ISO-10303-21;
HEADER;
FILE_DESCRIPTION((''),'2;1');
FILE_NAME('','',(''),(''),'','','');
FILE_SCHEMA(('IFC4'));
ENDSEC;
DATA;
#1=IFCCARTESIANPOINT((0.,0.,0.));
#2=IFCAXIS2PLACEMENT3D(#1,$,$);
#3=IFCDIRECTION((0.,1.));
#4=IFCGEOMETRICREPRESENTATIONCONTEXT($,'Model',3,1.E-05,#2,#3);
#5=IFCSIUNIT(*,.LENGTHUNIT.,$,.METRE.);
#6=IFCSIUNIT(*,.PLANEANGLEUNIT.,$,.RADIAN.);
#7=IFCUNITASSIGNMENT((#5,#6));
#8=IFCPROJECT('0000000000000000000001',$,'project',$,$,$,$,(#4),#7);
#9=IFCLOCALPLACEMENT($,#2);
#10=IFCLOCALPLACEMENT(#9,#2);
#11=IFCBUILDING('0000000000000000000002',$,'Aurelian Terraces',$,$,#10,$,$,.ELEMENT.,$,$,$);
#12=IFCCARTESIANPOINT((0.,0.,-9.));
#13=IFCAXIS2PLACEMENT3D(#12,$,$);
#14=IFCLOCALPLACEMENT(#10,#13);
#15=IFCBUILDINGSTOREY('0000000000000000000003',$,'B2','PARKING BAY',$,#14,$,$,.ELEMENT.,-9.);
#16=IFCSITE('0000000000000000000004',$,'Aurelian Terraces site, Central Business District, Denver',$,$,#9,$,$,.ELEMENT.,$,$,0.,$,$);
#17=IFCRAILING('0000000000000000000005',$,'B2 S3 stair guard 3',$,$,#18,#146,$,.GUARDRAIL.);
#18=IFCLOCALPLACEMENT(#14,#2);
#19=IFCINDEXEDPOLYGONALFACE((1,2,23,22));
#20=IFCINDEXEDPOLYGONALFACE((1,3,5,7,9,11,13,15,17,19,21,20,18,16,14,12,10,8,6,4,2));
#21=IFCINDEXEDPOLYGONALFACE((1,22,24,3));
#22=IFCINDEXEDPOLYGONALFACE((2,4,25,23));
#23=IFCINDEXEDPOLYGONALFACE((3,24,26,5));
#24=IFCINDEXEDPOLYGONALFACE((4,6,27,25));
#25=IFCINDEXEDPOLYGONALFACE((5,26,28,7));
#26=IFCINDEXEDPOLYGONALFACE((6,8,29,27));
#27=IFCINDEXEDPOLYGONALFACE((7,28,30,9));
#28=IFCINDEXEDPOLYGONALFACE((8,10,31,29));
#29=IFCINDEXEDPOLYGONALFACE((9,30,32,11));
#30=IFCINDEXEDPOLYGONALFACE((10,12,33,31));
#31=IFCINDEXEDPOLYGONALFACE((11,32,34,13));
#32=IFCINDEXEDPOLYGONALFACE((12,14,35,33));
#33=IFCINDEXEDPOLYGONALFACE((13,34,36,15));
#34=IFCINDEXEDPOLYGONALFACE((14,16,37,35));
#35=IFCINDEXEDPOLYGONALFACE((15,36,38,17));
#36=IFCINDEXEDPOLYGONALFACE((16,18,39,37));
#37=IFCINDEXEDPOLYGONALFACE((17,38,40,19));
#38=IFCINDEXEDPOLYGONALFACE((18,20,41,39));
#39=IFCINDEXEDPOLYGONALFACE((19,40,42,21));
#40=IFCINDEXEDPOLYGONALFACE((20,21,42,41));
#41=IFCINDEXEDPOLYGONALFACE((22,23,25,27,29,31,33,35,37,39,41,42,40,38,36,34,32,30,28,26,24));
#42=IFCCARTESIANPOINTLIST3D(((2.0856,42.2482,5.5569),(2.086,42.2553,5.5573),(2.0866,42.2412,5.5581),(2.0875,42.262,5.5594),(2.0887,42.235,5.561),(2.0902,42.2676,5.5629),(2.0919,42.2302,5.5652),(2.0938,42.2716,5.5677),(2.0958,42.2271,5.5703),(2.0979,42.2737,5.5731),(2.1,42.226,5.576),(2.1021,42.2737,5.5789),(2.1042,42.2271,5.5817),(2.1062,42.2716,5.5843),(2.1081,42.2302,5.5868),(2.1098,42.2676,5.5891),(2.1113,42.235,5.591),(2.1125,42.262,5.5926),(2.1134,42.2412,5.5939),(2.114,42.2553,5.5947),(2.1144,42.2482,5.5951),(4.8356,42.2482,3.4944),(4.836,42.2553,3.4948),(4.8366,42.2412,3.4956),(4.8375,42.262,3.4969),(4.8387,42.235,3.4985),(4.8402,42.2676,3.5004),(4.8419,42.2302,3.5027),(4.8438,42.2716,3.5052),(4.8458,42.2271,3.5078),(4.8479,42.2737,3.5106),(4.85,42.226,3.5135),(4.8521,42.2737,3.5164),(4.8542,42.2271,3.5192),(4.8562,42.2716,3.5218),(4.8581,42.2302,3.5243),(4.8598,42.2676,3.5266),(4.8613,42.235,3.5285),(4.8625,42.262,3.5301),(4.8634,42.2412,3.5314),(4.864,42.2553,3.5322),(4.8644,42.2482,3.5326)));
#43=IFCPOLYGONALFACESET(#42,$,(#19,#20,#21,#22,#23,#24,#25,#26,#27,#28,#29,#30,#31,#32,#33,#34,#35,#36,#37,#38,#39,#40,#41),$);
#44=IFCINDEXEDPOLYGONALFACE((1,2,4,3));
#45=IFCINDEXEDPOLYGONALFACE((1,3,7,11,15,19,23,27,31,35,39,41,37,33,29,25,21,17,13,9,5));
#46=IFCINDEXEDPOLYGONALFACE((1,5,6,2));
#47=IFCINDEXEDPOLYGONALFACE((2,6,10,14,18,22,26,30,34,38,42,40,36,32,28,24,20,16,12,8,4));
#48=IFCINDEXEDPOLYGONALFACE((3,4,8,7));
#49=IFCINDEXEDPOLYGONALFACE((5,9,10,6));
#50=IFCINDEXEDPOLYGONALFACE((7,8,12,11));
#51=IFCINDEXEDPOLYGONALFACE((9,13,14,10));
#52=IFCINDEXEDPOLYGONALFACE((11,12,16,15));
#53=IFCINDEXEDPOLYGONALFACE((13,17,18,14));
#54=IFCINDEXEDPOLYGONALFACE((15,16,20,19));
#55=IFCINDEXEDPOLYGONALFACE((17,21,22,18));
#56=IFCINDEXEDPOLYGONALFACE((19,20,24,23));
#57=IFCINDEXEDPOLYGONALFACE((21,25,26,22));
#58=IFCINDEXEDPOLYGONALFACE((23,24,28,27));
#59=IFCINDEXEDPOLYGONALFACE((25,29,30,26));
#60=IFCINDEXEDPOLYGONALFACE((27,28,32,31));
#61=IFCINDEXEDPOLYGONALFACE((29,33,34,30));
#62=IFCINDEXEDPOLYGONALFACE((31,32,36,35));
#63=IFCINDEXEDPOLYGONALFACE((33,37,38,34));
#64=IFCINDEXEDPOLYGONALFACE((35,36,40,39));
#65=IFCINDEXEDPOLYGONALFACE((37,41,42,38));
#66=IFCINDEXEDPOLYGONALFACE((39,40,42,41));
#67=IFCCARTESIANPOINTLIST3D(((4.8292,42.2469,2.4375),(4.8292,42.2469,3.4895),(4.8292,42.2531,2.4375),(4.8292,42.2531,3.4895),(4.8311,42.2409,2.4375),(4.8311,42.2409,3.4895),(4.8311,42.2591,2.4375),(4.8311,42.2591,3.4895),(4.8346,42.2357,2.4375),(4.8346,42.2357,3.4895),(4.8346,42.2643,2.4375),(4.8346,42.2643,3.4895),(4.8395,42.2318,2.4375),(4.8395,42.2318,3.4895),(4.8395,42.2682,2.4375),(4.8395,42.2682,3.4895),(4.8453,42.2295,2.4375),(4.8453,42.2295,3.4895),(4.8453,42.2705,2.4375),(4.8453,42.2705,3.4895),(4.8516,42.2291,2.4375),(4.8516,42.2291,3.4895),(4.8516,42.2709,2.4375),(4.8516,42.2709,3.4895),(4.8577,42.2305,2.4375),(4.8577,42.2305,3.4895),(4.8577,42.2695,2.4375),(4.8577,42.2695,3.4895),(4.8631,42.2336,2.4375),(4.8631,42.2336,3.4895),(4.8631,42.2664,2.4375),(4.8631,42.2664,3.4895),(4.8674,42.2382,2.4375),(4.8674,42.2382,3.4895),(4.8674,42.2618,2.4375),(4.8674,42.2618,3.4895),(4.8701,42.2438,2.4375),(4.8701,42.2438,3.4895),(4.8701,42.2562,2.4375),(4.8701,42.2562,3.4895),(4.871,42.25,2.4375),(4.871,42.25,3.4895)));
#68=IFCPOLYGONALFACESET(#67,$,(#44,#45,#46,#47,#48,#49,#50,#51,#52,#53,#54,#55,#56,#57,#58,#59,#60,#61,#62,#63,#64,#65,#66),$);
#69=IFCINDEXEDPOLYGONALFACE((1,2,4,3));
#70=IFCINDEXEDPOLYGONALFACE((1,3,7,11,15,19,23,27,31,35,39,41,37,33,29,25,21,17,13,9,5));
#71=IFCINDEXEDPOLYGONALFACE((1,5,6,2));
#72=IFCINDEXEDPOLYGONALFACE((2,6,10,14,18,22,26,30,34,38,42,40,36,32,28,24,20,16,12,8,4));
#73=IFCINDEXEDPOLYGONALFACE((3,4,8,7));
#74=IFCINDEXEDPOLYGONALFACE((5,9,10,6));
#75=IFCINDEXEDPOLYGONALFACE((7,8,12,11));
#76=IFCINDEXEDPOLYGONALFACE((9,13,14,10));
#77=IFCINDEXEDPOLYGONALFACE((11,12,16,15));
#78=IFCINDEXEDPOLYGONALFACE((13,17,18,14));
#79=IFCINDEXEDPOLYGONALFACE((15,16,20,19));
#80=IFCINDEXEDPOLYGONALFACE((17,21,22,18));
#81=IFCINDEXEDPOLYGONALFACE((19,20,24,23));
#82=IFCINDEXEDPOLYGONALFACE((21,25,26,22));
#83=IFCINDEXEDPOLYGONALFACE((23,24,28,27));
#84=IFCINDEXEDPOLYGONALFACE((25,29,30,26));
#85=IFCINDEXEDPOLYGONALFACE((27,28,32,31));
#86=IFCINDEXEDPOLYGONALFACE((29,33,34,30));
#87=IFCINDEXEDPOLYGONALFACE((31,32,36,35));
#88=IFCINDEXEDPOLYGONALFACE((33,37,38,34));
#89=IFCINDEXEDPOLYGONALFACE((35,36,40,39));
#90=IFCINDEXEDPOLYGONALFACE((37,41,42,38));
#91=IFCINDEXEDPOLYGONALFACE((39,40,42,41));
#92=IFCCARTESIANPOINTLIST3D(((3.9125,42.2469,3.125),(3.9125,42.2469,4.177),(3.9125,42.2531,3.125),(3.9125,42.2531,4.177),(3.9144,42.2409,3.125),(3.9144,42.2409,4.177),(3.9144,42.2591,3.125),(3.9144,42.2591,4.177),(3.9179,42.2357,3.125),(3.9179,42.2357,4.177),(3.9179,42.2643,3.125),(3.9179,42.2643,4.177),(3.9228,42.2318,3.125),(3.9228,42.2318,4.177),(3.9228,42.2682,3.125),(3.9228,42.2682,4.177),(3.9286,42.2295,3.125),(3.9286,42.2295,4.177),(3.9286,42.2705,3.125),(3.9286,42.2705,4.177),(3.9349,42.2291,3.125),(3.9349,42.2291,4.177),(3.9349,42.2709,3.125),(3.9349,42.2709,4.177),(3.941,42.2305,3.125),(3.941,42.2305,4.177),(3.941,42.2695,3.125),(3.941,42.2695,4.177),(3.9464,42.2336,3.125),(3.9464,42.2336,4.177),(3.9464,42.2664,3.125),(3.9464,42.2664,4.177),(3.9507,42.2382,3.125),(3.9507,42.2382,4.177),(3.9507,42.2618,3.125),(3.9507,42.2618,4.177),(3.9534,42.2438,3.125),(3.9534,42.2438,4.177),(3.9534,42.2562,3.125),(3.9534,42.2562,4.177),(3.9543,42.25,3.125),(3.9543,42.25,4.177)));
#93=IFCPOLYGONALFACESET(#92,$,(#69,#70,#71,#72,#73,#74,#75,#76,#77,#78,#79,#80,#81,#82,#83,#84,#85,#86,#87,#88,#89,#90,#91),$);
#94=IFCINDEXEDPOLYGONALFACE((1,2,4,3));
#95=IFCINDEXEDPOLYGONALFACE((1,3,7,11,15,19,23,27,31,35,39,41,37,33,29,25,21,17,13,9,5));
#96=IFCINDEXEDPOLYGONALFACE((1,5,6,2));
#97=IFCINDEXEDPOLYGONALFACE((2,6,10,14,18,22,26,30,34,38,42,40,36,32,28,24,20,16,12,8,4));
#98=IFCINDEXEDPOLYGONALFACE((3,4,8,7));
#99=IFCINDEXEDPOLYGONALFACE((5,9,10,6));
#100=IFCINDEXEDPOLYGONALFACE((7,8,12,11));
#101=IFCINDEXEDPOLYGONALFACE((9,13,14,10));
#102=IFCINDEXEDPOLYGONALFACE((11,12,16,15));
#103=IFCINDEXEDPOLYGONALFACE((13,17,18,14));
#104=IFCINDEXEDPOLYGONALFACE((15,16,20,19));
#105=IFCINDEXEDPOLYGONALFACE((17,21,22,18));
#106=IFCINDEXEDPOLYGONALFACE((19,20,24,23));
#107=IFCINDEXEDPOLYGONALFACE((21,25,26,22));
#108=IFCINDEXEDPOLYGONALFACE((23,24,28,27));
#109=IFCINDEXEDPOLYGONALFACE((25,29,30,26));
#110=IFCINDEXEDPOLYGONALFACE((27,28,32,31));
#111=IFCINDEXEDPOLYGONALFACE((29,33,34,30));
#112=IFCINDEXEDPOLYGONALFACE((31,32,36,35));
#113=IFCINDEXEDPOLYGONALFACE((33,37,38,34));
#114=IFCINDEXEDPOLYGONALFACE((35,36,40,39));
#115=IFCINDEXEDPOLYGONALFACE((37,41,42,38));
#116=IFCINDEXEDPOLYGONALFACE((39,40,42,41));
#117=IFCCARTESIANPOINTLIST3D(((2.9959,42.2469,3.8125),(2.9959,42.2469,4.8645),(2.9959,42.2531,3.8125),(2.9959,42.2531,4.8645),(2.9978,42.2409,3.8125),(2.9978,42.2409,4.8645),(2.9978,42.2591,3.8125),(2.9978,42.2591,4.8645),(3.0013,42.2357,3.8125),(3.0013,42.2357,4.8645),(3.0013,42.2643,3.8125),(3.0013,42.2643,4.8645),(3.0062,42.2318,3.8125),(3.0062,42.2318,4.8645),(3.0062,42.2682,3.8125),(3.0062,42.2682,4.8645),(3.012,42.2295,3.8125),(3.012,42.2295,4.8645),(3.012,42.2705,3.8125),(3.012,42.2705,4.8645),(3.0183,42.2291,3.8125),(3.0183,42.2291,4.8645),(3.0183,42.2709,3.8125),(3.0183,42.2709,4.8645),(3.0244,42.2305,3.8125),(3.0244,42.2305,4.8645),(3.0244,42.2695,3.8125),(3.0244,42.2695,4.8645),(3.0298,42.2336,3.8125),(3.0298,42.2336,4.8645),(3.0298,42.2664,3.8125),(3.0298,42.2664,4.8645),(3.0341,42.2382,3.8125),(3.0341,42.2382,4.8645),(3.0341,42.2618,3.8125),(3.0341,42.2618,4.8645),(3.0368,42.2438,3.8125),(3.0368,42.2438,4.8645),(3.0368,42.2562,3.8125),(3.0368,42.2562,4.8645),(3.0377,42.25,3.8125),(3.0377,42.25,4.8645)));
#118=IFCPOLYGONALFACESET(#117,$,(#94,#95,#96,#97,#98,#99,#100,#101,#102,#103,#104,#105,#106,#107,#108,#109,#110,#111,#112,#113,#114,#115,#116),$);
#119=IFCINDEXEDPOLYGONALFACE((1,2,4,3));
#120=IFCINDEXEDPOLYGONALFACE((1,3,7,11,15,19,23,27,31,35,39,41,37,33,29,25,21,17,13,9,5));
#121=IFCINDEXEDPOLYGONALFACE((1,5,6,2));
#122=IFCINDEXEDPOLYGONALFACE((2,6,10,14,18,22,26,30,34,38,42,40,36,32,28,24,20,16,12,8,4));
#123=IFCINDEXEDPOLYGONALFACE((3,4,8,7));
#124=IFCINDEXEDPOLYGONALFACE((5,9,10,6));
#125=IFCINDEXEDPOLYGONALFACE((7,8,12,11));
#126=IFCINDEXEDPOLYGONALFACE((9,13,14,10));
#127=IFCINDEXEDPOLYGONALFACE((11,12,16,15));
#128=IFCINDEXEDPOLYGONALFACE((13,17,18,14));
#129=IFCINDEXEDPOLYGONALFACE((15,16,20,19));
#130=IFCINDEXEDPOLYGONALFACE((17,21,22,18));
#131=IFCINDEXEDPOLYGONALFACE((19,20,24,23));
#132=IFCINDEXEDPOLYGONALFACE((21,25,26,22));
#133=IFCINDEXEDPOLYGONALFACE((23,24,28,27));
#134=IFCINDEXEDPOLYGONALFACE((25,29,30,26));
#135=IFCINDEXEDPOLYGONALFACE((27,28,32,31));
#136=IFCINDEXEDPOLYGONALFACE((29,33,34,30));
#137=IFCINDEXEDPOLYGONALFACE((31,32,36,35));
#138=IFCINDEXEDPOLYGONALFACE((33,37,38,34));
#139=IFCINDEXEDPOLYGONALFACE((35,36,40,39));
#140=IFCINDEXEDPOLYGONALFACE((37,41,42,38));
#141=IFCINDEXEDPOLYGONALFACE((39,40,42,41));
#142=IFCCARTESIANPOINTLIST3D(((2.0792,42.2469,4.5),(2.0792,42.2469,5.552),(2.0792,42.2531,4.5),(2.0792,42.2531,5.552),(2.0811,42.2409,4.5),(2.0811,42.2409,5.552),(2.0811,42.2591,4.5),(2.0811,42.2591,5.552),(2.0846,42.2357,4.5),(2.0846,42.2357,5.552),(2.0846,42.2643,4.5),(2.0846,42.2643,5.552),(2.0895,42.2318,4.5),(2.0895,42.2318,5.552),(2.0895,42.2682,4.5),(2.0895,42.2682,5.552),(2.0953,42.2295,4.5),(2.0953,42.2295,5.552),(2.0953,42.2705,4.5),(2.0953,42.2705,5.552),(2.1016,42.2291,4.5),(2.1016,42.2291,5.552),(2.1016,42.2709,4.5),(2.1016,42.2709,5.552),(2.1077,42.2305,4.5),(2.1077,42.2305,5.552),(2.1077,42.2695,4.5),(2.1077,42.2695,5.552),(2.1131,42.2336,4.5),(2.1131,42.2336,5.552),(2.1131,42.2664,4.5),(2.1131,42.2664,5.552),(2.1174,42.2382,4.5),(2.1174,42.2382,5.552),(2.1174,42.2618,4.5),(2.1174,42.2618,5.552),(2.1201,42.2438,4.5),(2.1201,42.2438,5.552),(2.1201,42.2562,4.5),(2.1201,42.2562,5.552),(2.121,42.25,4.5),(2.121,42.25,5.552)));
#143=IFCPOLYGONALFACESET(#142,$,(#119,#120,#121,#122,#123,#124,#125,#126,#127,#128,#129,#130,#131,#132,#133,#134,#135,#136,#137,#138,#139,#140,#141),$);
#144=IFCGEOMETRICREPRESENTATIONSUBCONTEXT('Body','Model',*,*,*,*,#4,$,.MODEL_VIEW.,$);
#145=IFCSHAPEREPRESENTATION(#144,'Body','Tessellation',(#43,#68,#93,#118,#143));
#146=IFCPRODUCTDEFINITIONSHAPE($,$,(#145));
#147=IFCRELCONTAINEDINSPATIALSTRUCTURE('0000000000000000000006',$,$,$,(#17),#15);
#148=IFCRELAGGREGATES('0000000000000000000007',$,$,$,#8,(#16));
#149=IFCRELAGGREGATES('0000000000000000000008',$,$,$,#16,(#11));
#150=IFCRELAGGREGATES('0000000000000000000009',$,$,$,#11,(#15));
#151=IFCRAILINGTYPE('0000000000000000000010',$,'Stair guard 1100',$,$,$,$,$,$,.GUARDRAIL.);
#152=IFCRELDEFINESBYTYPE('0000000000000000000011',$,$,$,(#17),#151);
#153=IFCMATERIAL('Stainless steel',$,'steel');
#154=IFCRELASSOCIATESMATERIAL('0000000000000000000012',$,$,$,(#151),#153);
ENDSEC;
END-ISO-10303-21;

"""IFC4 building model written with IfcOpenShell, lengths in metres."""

from ifc_helpers import new_model, si_unit, direction, frame, origin, origin_2d, place, context, subcontext, project, spatial, circle, extrude, source, transform, mapped, material, type_object, element, save


model = new_model("IFC4")

# Units and contexts
model_context = context("Model", 3, precision=1e-05, world=origin(), true_north=direction((0.0, 1.0)))
body_context = subcontext(model_context, "Body", "Model", "MODEL_VIEW")
ifc_project = project(units=[si_unit("LENGTHUNIT", "METRE"), si_unit("PLANEANGLEUNIT", "RADIAN")], contexts=[model_context])

# Site, building, storey
site_placement = place(None, origin())
site = spatial("IfcSite", under=ifc_project, at=site_placement, Name="Aurelian Terraces site, Central Business District, Denver", CompositionType="ELEMENT", RefElevation=0.0)
building_placement = place(site_placement, origin())
building = spatial("IfcBuilding", under=site, at=building_placement, Name="Aurelian Terraces", CompositionType="ELEMENT")
storey_placement = place(building_placement, frame((0.0, 0.0, -9.0)))
storey = spatial("IfcBuildingStorey", under=building, at=storey_placement, Name="B2", Description="PARKING BAY", CompositionType="ELEMENT", Elevation=-9.0)

# Railing
ifc_material_1 = material(Name="Stainless steel", Category="steel")
railing_type_1 = type_object("IfcRailingType", Name="Stair guard 1100", PredefinedType="GUARDRAIL", material=ifc_material_1)
shared_shape_1 = source(origin(), body_context, "Body", "SweptSolid", [
    extrude(circle(Radius=0.024, at=origin_2d()), frame((0.0, 0.0, 1.076), z_axis=(-0.8, 0.0, 0.6), x_axis=(0.0, -1.0, 0.0)), (0.0, 0.0, 1.0), 3.4375),
    extrude(circle(Radius=0.021, at=origin_2d()), origin(), (0.0, 0.0, 1.0), 1.052),
    extrude(circle(Radius=0.021, at=origin_2d()), frame((-0.9167, 0.0, 0.6875)), (0.0, 0.0, 1.0), 1.052),
    extrude(circle(Radius=0.021, at=origin_2d()), frame((-1.8333, 0.0, 1.375)), (0.0, 0.0, 1.0), 1.052),
    extrude(circle(Radius=0.021, at=origin_2d()), frame((-2.75, 0.0, 2.0625)), (0.0, 0.0, 1.0), 1.052),
])
railing_1_placement = place(storey_placement, frame((4.85, 42.25, 2.4375)))
element("IfcRailing", 1, at=railing_1_placement, inside=storey, type_object=railing_type_1, Name="B2 S3 stair guard 3", PredefinedType="GUARDRAIL", context=body_context, shape_type="MappedRepresentation", body=[
    mapped(shared_shape_1, transform((0.0, 0.0, 0.0), scale=1.0)),
])

save(model, "model.ifc")
